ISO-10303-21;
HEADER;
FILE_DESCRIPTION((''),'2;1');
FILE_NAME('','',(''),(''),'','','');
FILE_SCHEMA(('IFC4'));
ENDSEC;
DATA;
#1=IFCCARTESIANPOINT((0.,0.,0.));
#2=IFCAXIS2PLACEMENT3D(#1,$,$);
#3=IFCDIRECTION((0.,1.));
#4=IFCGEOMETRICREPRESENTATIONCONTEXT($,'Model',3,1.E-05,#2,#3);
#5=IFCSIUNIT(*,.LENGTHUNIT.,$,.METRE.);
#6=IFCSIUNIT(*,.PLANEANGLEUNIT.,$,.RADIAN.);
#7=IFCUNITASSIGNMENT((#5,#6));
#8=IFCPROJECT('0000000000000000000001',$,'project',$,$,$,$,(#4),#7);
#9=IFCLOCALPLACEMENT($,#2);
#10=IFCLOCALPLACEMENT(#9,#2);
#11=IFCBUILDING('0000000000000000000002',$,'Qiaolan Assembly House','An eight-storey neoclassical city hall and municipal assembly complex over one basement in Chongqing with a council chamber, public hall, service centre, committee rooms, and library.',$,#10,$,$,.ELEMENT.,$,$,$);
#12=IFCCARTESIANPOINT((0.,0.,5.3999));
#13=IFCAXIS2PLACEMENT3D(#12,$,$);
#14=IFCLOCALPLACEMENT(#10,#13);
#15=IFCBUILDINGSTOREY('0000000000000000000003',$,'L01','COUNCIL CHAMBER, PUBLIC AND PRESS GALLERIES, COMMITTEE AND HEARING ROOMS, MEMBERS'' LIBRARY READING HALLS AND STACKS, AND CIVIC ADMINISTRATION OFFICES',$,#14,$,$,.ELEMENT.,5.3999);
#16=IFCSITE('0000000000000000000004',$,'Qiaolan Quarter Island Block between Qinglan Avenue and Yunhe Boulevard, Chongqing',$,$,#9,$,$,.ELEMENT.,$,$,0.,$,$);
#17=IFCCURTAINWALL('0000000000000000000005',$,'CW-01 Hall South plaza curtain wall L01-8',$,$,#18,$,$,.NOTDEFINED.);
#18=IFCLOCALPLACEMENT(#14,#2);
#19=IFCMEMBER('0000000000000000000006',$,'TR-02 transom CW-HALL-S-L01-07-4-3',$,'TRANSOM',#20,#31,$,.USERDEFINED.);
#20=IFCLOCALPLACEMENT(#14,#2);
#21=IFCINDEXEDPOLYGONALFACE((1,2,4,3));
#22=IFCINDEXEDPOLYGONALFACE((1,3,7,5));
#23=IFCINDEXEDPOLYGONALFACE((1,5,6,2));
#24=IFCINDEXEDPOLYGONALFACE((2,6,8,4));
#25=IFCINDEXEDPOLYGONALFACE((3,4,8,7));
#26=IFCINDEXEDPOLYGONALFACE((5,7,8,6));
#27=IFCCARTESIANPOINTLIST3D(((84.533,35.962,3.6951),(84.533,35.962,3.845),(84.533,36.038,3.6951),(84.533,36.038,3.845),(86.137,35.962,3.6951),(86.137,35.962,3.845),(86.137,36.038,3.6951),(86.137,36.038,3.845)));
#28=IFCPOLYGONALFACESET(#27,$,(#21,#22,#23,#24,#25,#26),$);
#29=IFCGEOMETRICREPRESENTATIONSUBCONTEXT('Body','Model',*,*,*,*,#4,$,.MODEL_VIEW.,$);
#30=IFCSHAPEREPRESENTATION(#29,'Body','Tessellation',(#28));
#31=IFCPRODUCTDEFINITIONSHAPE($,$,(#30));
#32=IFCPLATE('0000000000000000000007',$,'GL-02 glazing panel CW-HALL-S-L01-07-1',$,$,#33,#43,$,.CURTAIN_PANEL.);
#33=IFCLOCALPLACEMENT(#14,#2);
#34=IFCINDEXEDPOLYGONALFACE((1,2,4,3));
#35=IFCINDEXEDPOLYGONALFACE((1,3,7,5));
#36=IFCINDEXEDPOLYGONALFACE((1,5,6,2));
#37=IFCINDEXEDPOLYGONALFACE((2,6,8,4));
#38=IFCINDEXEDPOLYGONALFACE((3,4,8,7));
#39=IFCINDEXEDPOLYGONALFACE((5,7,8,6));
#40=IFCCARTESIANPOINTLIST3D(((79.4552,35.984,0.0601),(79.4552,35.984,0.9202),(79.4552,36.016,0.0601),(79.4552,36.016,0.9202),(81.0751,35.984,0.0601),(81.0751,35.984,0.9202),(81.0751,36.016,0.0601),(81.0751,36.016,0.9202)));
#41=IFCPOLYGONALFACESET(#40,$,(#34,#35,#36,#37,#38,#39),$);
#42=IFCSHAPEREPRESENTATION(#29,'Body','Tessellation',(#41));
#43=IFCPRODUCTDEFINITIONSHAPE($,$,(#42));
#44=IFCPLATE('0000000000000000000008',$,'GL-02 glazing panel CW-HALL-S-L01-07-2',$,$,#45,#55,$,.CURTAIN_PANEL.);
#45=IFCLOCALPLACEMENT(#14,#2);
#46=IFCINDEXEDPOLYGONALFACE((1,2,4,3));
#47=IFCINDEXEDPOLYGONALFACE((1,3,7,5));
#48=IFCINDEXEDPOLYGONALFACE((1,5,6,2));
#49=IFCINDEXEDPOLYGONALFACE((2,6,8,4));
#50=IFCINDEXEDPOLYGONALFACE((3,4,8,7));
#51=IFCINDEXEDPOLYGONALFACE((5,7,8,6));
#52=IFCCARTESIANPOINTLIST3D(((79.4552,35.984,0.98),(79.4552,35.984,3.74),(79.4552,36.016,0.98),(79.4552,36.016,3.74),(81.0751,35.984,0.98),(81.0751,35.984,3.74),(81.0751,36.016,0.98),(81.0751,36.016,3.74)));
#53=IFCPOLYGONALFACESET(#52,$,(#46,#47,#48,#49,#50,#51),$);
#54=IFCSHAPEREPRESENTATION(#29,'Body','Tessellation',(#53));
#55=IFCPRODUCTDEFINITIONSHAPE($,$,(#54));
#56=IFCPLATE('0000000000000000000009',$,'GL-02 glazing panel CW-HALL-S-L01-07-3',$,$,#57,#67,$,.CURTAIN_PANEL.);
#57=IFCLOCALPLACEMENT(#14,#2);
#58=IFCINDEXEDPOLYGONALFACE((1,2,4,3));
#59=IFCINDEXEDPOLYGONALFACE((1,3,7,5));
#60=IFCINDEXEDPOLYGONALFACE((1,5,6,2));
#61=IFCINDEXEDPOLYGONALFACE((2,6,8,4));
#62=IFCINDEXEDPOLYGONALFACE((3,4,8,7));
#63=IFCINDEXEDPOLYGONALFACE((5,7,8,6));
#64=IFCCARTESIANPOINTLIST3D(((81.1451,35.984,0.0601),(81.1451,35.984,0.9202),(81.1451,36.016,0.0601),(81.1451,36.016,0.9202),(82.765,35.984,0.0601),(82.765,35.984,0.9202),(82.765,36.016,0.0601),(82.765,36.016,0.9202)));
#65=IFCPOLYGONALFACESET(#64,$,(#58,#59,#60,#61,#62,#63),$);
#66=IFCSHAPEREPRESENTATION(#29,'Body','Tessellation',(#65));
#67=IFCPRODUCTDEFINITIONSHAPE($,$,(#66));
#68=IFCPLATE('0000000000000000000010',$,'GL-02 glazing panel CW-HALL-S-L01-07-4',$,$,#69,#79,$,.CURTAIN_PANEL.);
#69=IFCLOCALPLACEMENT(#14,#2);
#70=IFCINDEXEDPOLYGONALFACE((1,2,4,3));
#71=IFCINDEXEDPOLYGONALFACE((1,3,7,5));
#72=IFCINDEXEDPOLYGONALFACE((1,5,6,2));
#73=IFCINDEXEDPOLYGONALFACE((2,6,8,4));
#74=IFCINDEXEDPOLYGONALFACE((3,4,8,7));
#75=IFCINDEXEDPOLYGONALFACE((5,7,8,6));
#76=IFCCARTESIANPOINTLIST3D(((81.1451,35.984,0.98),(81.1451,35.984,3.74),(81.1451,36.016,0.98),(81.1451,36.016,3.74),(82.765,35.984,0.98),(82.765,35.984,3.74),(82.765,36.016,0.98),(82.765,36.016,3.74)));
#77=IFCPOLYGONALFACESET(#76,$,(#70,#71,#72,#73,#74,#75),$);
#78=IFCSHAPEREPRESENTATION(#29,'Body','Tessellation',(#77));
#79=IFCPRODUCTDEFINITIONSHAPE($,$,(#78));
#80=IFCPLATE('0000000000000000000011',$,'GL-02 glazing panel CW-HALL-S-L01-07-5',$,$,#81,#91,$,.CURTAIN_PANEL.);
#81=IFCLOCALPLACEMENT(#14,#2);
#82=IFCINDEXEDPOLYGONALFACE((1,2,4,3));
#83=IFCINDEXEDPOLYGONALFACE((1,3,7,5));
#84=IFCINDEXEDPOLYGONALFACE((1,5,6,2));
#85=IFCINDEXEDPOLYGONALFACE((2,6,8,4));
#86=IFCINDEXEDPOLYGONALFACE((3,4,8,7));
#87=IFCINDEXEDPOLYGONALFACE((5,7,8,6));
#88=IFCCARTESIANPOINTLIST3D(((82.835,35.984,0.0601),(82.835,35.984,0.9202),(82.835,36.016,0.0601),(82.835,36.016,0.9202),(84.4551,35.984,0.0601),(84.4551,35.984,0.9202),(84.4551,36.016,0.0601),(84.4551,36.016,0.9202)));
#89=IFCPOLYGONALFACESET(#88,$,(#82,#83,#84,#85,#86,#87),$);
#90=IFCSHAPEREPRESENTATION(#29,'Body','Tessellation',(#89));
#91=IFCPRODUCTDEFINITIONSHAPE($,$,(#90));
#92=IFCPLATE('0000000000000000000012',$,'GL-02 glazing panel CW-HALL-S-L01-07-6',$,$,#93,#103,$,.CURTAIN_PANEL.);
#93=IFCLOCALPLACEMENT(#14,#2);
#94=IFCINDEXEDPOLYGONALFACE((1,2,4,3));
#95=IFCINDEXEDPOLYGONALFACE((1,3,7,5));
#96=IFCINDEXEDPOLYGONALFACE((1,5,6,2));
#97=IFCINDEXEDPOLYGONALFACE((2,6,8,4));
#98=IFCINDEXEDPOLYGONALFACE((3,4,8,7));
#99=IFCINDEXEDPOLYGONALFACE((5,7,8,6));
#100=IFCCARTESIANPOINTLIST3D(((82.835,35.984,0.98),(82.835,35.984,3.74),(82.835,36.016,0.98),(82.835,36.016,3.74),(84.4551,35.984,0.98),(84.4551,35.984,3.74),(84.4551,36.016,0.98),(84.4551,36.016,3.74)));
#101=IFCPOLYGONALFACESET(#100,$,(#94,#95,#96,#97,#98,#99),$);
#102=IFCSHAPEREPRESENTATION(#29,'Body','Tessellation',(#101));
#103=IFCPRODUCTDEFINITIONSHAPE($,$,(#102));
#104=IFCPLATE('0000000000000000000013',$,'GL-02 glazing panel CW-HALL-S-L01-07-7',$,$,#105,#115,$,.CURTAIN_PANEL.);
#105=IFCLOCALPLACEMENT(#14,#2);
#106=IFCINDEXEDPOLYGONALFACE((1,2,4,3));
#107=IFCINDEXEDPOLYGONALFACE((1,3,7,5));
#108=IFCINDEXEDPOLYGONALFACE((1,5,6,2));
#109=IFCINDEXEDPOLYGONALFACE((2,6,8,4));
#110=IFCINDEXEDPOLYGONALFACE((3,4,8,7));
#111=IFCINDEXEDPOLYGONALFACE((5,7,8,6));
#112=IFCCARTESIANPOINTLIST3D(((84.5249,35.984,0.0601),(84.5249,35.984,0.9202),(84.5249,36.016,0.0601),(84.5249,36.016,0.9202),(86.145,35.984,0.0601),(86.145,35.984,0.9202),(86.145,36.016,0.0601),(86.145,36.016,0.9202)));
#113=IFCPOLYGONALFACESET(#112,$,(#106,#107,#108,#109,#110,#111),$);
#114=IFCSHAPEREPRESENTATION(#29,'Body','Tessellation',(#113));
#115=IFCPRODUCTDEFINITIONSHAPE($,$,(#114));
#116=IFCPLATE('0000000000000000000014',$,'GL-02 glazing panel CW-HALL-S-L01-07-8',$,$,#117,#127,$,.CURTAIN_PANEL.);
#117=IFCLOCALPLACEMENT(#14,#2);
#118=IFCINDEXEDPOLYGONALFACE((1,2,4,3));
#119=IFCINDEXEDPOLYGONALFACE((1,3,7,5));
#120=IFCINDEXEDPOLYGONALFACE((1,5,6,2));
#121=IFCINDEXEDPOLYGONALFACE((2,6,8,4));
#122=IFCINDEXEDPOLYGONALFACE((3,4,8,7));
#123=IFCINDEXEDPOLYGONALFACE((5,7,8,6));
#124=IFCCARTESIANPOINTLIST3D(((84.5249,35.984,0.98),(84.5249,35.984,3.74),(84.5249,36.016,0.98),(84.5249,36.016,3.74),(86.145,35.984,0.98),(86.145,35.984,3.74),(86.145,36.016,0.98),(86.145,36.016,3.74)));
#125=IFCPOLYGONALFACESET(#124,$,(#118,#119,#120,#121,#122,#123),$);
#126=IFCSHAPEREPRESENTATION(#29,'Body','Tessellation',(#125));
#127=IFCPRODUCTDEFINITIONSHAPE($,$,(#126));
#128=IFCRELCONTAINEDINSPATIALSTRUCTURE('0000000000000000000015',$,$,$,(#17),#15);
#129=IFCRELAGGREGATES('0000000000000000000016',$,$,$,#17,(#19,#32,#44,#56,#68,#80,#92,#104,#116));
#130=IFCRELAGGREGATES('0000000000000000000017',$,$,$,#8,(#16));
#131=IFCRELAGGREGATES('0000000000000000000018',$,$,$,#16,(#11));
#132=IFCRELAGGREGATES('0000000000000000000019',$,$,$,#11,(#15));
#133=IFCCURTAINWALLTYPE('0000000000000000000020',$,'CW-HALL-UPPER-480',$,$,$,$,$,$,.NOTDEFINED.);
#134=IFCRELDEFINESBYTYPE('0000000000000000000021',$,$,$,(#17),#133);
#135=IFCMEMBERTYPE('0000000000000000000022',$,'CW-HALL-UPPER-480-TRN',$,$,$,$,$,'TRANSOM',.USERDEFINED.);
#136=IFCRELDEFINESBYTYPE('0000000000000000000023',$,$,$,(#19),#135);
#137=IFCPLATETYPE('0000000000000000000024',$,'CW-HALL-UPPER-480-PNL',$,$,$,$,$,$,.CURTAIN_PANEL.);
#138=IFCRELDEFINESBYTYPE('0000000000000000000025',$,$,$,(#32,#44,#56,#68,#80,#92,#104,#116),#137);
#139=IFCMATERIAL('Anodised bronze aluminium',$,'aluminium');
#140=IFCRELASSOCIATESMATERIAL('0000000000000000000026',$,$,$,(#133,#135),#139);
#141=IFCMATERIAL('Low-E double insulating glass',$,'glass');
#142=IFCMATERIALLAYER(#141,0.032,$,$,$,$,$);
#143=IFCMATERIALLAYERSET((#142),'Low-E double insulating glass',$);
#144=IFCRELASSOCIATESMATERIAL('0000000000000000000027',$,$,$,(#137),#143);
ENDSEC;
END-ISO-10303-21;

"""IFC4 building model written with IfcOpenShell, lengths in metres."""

from ifc_helpers import new_model, si_unit, direction, frame, frame_2d, origin, origin_2d, place, context, subcontext, project, spatial, rectangle, extrude, material, layer, layer_set, material_profile, profile_set, type_object, element, aggregate, save


model = new_model("IFC4")

# Units and contexts
model_context = context("Model", 3, precision=1e-05, world=origin(), true_north=direction((0.0, 1.0)))
body_context = subcontext(model_context, "Body", "Model", "MODEL_VIEW")
ifc_project = project(units=[si_unit("LENGTHUNIT", "METRE"), si_unit("PLANEANGLEUNIT", "RADIAN")], contexts=[model_context])

# Site, building, storey
site_placement = place(None, origin())
site = spatial("IfcSite", under=ifc_project, at=site_placement, Name="Qiaolan Quarter Island Block between Qinglan Avenue and Yunhe Boulevard, Chongqing", CompositionType="ELEMENT", RefElevation=0.0)
building_placement = place(site_placement, origin())
building = spatial("IfcBuilding", under=site, at=building_placement, Name="Qiaolan Assembly House", Description="An eight-storey neoclassical city hall and municipal assembly complex over one basement in Chongqing with a council chamber, public hall, service centre, committee rooms, and library.", CompositionType="ELEMENT")
storey_placement = place(building_placement, frame((0.0, 0.0, 5.3999)))
storey = spatial("IfcBuildingStorey", under=building, at=storey_placement, Name="L01", Description="COUNCIL CHAMBER, PUBLIC AND PRESS GALLERIES, COMMITTEE AND HEARING ROOMS, MEMBERS' LIBRARY READING HALLS AND STACKS, AND CIVIC ADMINISTRATION OFFICES", CompositionType="ELEMENT", Elevation=5.3999)

# Curtain wall, member, plates
ifc_material_1 = material(Name="Anodised bronze aluminium", Category="aluminium")
curtain_wall_type = type_object("IfcCurtainWallType", Name="CW-HALL-UPPER-480", PredefinedType="NOTDEFINED", material=ifc_material_1)
curtain_wall_placement = place(storey_placement, origin())
curtain_wall = element("IfcCurtainWall", 1, at=curtain_wall_placement, inside=storey, type_object=curtain_wall_type, Name="CW-01 Hall South plaza curtain wall L01-8", PredefinedType="NOTDEFINED")
ifc_material_profile_1 = material_profile(ifc_material_1, rectangle(XDim=0.0759, YDim=0.1499, at=origin_2d()), Name="TRN 76x150")
ifc_profile_set_1 = profile_set([ifc_material_profile_1], Name="Anodised bronze aluminium")
member_type_1 = type_object("IfcMemberType", Name="CW-HALL-UPPER-480-TRN", ElementType="TRANSOM", PredefinedType="USERDEFINED", material=ifc_profile_set_1)
member_1_placement = place(storey_placement, frame((84.533, 36.0, 3.77), z_axis=(1.0, 0.0, 0.0), x_axis=(0.0, 1.0, 0.0)))
member_1 = element("IfcMember", 2, at=member_1_placement, type_object=member_type_1, Name="TR-02 transom CW-HALL-S-L01-07-4-3", ObjectType="TRANSOM", PredefinedType="USERDEFINED", context=body_context, shape_type="SweptSolid", body=[
    extrude(rectangle(XDim=0.0759, YDim=0.1499, at=origin_2d()), origin(), (0.0, 0.0, 1.0), 1.604),
])
ifc_material_2 = material(Name="Low-E double insulating glass", Category="glass")
ifc_layer = layer(ifc_material_2, 0.032)
ifc_layer_set = layer_set([ifc_layer], Name="Low-E double insulating glass")
plate_type = type_object("IfcPlateType", Name="CW-HALL-UPPER-480-PNL", PredefinedType="CURTAIN_PANEL", material=ifc_layer_set)
plate_1_placement = place(storey_placement, frame((79.4551, 36.0, 0.0601), z_axis=(0.0, 0.0, 1.0), x_axis=(1.0, 0.0, 0.0)))
plate_1 = element("IfcPlate", 3, at=plate_1_placement, type_object=plate_type, Name="GL-02 glazing panel CW-HALL-S-L01-07-1", PredefinedType="CURTAIN_PANEL", context=body_context, shape_type="SweptSolid", body=[
    extrude(rectangle(XDim=1.6199, YDim=0.032, at=frame_2d((0.8101, 0.0))), origin(), (0.0, 0.0, 1.0), 0.8601),
])
plate_2_placement = place(storey_placement, frame((79.4551, 36.0, 0.98), z_axis=(0.0, 0.0, 1.0), x_axis=(1.0, 0.0, 0.0)))
plate_2 = element("IfcPlate", 4, at=plate_2_placement, type_object=plate_type, Name="GL-02 glazing panel CW-HALL-S-L01-07-2", PredefinedType="CURTAIN_PANEL", context=body_context, shape_type="SweptSolid", body=[
    extrude(rectangle(XDim=1.6199, YDim=0.032, at=frame_2d((0.8101, 0.0))), origin(), (0.0, 0.0, 1.0), 2.76),
])
plate_3_placement = place(storey_placement, frame((81.145, 36.0, 0.0601), z_axis=(0.0, 0.0, 1.0), x_axis=(1.0, 0.0, 0.0)))
plate_3 = element("IfcPlate", 5, at=plate_3_placement, type_object=plate_type, Name="GL-02 glazing panel CW-HALL-S-L01-07-3", PredefinedType="CURTAIN_PANEL", context=body_context, shape_type="SweptSolid", body=[
    extrude(rectangle(XDim=1.6199, YDim=0.032, at=frame_2d((0.8101, 0.0))), origin(), (0.0, 0.0, 1.0), 0.8601),
])
plate_4_placement = place(storey_placement, frame((81.145, 36.0, 0.98), z_axis=(0.0, 0.0, 1.0), x_axis=(1.0, 0.0, 0.0)))
plate_4 = element("IfcPlate", 6, at=plate_4_placement, type_object=plate_type, Name="GL-02 glazing panel CW-HALL-S-L01-07-4", PredefinedType="CURTAIN_PANEL", context=body_context, shape_type="SweptSolid", body=[
    extrude(rectangle(XDim=1.6199, YDim=0.032, at=frame_2d((0.8101, 0.0))), origin(), (0.0, 0.0, 1.0), 2.76),
])
plate_5_placement = place(storey_placement, frame((82.835, 36.0, 0.0601), z_axis=(0.0, 0.0, 1.0), x_axis=(1.0, 0.0, 0.0)))
plate_5 = element("IfcPlate", 7, at=plate_5_placement, type_object=plate_type, Name="GL-02 glazing panel CW-HALL-S-L01-07-5", PredefinedType="CURTAIN_PANEL", context=body_context, shape_type="SweptSolid", body=[
    extrude(rectangle(XDim=1.6201, YDim=0.032, at=frame_2d((0.8101, 0.0))), origin(), (0.0, 0.0, 1.0), 0.8601),
])
plate_6_placement = place(storey_placement, frame((82.835, 36.0, 0.98), z_axis=(0.0, 0.0, 1.0), x_axis=(1.0, 0.0, 0.0)))
plate_6 = element("IfcPlate", 8, at=plate_6_placement, type_object=plate_type, Name="GL-02 glazing panel CW-HALL-S-L01-07-6", PredefinedType="CURTAIN_PANEL", context=body_context, shape_type="SweptSolid", body=[
    extrude(rectangle(XDim=1.6201, YDim=0.032, at=frame_2d((0.8101, 0.0))), origin(), (0.0, 0.0, 1.0), 2.76),
])
plate_7_placement = place(storey_placement, frame((84.5249, 36.0, 0.0601), z_axis=(0.0, 0.0, 1.0), x_axis=(1.0, 0.0, 0.0)))
plate_7 = element("IfcPlate", 9, at=plate_7_placement, type_object=plate_type, Name="GL-02 glazing panel CW-HALL-S-L01-07-7", PredefinedType="CURTAIN_PANEL", context=body_context, shape_type="SweptSolid", body=[
    extrude(rectangle(XDim=1.6201, YDim=0.032, at=frame_2d((0.8101, 0.0))), origin(), (0.0, 0.0, 1.0), 0.8601),
])
plate_8_placement = place(storey_placement, frame((84.5249, 36.0, 0.98), z_axis=(0.0, 0.0, 1.0), x_axis=(1.0, 0.0, 0.0)))
plate_8 = element("IfcPlate", 10, at=plate_8_placement, type_object=plate_type, Name="GL-02 glazing panel CW-HALL-S-L01-07-8", PredefinedType="CURTAIN_PANEL", context=body_context, shape_type="SweptSolid", body=[
    extrude(rectangle(XDim=1.6201, YDim=0.032, at=frame_2d((0.8101, 0.0))), origin(), (0.0, 0.0, 1.0), 2.76),
])
aggregate(curtain_wall, [member_1, plate_1, plate_2, plate_3, plate_4, plate_5, plate_6, plate_7, plate_8])

save(model, "model.ifc")
